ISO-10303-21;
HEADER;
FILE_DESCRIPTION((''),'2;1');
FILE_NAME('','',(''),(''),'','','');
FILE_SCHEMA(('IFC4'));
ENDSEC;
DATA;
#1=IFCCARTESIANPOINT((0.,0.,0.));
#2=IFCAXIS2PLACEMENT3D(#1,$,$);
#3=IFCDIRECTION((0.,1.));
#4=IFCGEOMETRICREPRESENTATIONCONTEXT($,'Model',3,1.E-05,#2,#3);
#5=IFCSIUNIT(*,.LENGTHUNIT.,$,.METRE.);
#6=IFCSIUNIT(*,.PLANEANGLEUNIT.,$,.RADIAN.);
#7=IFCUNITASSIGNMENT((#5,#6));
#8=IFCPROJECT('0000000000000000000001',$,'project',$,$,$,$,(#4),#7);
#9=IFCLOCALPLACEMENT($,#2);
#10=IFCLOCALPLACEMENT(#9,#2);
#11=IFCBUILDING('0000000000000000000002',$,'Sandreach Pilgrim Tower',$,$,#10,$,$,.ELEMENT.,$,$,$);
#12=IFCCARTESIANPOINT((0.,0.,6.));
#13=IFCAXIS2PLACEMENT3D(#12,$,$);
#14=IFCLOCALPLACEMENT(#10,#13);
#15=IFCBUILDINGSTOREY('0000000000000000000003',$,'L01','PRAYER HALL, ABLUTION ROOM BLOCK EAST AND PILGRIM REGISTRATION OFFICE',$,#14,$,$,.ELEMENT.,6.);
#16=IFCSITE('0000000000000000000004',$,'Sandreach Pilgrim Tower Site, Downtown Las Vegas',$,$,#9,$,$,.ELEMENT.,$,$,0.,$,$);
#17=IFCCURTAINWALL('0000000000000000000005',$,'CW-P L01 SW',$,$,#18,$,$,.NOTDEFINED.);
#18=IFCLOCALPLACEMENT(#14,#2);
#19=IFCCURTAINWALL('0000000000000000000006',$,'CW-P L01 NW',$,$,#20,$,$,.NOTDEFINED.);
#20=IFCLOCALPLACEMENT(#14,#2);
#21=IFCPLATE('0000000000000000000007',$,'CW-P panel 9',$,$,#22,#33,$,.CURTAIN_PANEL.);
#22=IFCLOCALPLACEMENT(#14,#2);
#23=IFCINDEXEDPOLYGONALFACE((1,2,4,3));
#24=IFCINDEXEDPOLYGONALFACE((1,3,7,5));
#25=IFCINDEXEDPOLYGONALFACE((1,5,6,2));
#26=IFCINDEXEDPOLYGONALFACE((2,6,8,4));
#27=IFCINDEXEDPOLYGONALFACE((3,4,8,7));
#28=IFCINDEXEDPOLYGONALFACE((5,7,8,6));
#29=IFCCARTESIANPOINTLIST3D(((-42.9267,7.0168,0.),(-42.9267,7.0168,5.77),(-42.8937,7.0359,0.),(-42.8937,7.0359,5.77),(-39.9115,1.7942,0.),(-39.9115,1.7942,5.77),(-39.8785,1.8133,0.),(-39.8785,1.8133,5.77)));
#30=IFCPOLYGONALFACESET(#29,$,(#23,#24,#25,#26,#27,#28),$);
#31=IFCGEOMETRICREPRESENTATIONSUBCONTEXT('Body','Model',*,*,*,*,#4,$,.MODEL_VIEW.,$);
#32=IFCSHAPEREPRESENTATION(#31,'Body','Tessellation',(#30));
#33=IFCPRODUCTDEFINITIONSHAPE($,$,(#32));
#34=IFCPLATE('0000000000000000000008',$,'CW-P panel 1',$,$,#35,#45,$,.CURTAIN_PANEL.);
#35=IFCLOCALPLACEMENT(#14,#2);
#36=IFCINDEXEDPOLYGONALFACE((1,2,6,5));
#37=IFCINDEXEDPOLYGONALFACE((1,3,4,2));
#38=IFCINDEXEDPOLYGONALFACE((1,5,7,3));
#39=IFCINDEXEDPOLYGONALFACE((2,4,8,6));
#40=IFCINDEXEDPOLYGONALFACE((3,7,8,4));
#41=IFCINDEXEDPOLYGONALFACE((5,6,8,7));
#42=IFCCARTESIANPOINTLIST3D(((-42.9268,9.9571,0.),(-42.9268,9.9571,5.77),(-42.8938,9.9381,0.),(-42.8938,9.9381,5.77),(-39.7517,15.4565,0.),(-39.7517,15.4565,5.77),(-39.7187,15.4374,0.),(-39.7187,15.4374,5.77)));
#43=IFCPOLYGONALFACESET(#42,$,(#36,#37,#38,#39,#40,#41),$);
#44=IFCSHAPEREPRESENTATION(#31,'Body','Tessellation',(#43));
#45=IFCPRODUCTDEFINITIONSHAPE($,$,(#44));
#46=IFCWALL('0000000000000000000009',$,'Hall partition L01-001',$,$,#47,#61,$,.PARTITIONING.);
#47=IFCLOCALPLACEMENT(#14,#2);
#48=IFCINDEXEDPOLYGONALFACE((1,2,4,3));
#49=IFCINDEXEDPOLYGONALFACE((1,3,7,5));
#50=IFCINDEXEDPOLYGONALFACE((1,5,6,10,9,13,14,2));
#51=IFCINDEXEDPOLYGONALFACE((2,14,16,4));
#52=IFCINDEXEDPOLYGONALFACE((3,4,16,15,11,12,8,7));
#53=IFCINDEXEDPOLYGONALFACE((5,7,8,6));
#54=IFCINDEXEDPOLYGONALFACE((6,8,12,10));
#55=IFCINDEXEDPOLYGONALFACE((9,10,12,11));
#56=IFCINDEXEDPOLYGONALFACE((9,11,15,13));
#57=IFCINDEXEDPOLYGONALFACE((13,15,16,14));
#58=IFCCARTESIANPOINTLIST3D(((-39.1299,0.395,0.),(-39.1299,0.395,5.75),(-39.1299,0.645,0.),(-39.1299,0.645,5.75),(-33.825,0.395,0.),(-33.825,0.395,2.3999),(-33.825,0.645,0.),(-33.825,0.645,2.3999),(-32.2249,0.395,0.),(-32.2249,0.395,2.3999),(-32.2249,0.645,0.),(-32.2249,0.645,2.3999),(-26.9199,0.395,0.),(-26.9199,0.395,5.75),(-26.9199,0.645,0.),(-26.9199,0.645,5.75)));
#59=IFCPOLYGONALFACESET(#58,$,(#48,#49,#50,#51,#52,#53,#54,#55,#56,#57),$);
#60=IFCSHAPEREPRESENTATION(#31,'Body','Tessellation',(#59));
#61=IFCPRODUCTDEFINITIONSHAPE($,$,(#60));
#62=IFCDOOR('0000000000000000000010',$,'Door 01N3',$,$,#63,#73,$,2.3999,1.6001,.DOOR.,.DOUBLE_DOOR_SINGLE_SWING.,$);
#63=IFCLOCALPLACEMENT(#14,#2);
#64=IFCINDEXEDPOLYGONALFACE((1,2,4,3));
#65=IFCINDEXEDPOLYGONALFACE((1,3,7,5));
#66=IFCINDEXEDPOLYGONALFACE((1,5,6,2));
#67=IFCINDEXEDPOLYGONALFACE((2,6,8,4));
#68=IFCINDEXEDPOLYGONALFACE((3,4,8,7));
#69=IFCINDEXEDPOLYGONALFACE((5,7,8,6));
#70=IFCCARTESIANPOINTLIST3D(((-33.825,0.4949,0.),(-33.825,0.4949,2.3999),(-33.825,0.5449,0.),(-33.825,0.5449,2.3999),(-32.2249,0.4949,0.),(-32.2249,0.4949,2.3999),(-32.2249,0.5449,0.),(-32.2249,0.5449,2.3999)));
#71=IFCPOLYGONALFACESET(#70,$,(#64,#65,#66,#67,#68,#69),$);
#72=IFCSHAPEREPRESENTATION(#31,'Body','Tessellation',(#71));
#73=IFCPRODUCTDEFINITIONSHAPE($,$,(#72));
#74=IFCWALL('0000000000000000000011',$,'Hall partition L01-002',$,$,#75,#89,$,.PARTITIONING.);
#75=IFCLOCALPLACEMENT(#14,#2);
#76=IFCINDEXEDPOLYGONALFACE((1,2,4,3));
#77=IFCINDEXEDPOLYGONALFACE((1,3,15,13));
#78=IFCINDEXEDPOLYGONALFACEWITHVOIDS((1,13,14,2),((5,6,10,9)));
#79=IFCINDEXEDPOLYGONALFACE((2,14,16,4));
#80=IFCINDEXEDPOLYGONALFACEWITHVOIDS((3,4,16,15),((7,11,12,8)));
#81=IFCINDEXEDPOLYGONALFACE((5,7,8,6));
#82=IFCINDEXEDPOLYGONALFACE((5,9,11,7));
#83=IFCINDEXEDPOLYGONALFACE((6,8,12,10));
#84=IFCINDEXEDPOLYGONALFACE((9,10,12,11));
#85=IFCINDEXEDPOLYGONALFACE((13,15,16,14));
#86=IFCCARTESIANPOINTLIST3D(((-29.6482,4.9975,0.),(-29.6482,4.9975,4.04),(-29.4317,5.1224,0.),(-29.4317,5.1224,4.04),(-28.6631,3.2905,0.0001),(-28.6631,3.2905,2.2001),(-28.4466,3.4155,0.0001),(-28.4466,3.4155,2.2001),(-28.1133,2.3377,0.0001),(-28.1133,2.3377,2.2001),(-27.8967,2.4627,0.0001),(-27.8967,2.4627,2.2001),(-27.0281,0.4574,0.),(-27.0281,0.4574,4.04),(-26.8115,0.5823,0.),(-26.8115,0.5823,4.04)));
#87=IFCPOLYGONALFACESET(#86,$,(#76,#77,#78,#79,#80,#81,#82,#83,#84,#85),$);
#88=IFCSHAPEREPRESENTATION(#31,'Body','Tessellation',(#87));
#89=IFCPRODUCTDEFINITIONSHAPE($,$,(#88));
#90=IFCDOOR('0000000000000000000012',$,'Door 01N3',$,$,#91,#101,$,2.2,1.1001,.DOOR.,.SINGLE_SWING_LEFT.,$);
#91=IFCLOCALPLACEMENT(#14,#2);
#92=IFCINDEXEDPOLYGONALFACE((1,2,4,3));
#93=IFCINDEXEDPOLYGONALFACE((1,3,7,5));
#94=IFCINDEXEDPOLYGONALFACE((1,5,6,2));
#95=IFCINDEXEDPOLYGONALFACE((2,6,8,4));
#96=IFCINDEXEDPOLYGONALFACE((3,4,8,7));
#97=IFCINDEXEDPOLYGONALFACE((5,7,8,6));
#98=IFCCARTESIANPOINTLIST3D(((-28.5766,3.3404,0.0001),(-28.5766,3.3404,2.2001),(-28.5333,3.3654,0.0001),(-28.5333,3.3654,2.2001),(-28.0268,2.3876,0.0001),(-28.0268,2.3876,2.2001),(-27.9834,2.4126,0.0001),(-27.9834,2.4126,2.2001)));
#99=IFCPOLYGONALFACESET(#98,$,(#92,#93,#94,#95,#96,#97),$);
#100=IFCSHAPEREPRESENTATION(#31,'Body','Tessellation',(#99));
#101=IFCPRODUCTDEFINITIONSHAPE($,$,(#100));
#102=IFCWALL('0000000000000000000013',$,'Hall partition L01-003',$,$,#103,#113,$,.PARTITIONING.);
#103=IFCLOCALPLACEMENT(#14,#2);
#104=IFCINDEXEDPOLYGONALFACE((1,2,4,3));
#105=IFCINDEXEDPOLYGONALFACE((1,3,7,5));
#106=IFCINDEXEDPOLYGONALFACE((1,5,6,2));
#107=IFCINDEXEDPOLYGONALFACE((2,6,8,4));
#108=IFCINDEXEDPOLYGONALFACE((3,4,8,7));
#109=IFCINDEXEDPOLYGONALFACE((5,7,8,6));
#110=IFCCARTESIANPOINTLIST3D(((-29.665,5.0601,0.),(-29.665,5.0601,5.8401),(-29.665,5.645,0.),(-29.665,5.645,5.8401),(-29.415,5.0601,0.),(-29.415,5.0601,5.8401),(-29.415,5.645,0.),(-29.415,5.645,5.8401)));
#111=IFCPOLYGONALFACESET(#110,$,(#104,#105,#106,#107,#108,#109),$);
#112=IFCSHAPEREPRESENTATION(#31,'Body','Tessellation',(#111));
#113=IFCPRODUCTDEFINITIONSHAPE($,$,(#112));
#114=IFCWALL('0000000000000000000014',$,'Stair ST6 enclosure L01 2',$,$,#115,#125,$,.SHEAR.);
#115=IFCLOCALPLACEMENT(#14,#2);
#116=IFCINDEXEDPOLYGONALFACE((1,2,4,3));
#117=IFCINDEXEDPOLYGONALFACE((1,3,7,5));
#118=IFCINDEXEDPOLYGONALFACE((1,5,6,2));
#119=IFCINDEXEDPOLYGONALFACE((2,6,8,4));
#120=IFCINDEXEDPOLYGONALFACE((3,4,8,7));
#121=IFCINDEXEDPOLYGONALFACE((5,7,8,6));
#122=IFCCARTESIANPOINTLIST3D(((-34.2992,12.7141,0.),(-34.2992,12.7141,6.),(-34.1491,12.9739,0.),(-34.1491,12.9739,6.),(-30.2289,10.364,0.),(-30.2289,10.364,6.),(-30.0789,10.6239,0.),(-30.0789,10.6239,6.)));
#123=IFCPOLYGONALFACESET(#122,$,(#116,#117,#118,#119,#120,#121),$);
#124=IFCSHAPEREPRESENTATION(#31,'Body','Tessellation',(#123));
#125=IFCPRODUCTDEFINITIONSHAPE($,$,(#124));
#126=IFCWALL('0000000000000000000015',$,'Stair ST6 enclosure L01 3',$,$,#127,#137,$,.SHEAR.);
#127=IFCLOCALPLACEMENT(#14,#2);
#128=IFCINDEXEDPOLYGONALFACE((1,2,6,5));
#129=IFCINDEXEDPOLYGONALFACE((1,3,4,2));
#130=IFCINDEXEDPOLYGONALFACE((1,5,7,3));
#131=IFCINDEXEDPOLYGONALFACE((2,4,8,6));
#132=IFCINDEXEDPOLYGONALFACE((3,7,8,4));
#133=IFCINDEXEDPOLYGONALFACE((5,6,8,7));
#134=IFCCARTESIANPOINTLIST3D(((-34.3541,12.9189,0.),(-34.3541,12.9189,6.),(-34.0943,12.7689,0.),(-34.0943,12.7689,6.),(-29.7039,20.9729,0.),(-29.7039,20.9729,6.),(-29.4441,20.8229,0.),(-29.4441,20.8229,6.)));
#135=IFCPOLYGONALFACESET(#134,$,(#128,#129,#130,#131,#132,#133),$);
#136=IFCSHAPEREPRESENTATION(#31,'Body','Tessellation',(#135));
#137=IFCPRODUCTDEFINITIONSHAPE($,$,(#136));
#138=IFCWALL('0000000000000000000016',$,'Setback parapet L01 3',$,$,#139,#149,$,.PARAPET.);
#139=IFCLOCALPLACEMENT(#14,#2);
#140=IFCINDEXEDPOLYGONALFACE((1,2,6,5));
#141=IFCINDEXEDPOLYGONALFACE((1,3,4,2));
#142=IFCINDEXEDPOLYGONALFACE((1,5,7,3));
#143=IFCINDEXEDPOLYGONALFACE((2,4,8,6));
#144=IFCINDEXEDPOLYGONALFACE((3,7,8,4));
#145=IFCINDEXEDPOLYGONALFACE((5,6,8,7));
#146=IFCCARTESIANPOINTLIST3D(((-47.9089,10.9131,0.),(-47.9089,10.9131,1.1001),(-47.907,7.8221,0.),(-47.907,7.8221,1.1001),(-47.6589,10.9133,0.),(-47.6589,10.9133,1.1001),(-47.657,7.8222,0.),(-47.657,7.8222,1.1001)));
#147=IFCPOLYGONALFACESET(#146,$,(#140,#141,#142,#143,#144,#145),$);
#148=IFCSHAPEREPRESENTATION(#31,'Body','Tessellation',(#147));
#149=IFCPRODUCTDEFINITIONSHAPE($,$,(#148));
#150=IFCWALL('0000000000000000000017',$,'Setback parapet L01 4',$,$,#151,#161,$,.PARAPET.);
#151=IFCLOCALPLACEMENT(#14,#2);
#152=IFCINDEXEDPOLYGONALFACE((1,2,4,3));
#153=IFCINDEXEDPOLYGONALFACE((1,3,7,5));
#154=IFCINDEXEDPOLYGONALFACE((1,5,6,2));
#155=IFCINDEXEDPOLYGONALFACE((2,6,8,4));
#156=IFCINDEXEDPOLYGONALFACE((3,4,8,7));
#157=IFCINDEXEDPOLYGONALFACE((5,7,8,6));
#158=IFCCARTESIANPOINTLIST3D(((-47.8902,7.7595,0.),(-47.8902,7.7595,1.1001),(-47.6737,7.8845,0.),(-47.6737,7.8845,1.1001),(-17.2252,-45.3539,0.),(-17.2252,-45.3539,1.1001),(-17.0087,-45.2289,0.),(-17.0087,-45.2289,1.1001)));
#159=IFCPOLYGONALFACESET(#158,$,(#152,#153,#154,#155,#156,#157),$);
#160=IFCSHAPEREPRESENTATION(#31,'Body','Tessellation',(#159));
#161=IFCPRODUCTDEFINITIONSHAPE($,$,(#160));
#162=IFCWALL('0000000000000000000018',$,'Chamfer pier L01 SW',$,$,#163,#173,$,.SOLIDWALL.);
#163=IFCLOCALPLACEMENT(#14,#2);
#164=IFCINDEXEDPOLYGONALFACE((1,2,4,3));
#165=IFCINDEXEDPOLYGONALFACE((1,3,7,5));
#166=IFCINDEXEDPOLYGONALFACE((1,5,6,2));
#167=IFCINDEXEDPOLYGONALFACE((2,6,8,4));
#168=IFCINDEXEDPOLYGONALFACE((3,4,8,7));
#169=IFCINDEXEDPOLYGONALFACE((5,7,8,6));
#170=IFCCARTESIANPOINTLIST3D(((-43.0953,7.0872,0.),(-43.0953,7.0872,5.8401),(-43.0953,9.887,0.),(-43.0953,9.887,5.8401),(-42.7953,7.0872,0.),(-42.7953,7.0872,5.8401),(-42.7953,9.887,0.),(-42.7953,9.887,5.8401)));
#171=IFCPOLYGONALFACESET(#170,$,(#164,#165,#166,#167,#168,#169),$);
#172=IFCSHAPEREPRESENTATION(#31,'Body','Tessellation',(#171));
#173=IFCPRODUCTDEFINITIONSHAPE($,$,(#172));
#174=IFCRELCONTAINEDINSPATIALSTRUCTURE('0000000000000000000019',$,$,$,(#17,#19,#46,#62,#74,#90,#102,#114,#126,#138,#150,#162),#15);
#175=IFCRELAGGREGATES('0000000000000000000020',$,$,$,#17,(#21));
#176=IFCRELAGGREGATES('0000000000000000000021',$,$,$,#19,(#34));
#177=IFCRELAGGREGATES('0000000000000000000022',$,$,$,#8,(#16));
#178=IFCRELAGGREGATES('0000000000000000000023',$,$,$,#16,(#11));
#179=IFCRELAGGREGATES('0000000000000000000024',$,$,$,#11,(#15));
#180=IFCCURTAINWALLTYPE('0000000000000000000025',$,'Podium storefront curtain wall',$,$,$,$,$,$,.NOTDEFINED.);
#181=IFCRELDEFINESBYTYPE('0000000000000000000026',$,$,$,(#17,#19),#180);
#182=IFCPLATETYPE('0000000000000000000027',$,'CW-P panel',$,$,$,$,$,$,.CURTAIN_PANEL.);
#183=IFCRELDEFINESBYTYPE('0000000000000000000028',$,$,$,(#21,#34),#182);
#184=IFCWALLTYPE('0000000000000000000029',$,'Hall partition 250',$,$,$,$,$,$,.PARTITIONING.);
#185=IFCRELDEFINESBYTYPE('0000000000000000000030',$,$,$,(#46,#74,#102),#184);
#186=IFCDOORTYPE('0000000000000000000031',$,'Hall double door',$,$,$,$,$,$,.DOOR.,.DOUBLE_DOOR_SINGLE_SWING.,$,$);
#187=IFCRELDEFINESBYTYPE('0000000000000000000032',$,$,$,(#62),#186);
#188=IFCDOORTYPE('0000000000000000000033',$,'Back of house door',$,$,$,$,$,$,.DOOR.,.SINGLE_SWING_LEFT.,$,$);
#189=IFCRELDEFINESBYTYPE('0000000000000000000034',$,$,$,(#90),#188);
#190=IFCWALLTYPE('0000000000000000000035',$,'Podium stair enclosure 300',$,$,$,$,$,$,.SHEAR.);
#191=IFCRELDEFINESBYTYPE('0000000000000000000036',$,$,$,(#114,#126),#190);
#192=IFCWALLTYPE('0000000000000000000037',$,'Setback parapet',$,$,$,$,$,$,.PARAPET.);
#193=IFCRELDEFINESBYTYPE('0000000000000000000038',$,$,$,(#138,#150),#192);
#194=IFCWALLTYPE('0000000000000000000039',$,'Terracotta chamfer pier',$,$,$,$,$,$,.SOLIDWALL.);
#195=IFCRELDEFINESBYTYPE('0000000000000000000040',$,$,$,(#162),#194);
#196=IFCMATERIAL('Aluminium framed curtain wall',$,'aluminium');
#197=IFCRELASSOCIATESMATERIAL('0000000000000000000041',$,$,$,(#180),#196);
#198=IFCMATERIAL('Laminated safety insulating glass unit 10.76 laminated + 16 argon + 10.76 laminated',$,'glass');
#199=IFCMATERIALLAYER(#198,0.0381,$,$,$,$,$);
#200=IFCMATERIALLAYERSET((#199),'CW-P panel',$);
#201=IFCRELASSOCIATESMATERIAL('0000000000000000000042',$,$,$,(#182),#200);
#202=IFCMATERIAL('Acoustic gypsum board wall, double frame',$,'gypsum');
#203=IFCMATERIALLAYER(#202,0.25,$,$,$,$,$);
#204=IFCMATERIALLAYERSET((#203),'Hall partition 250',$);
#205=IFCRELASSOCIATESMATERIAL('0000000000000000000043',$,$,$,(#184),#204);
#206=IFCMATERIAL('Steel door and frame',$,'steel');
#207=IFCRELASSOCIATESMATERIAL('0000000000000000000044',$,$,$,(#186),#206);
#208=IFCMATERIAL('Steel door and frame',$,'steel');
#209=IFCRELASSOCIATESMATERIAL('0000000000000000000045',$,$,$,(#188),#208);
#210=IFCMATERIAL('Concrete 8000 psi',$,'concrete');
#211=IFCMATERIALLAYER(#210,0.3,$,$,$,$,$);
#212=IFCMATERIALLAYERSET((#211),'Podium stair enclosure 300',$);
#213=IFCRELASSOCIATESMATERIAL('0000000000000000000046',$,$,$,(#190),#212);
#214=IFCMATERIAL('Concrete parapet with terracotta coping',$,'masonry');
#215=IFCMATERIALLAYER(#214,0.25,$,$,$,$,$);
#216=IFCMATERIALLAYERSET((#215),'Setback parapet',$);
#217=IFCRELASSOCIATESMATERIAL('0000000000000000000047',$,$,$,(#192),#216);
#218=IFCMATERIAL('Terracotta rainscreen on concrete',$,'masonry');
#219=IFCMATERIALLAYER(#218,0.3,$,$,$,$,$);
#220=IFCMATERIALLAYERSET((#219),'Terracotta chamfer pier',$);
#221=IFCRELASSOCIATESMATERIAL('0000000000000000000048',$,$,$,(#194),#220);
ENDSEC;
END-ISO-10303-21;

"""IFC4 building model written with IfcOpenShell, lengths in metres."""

from ifc_helpers import new_model, si_unit, direction, frame, frame_2d, origin, origin_2d, place, context, subcontext, project, spatial, rectangle, extrude, material, layer, layer_set, type_object, element, fill, aggregate, save


model = new_model("IFC4")

# Units and contexts
model_context = context("Model", 3, precision=1e-05, world=origin(), true_north=direction((0.0, 1.0)))
body_context = subcontext(model_context, "Body", "Model", "MODEL_VIEW")
ifc_project = project(units=[si_unit("LENGTHUNIT", "METRE"), si_unit("PLANEANGLEUNIT", "RADIAN")], contexts=[model_context])

# Site, building, storey
site_placement = place(None, origin())
site = spatial("IfcSite", under=ifc_project, at=site_placement, Name="Sandreach Pilgrim Tower Site, Downtown Las Vegas", CompositionType="ELEMENT", RefElevation=0.0)
building_placement = place(site_placement, origin())
building = spatial("IfcBuilding", under=site, at=building_placement, Name="Sandreach Pilgrim Tower", CompositionType="ELEMENT")
storey_placement = place(building_placement, frame((0.0, 0.0, 6.0)))
storey = spatial("IfcBuildingStorey", under=building, at=storey_placement, Name="L01", Description="PRAYER HALL, ABLUTION ROOM BLOCK EAST AND PILGRIM REGISTRATION OFFICE", CompositionType="ELEMENT", Elevation=6.0)

# Curtain wall
ifc_material_1 = material(Name="Aluminium framed curtain wall", Category="aluminium")
curtain_wall_type = type_object("IfcCurtainWallType", Name="Podium storefront curtain wall", PredefinedType="NOTDEFINED", material=ifc_material_1)
curtain_wall_1_placement = place(storey_placement, origin())
curtain_wall_1 = element("IfcCurtainWall", 1, at=curtain_wall_1_placement, inside=storey, type_object=curtain_wall_type, Name="CW-P L01 SW", PredefinedType="NOTDEFINED")

# Curtain wall
curtain_wall_2_placement = place(storey_placement, origin())
curtain_wall_2 = element("IfcCurtainWall", 2, at=curtain_wall_2_placement, inside=storey, type_object=curtain_wall_type, Name="CW-P L01 NW", PredefinedType="NOTDEFINED")

# Plates
ifc_material_2 = material(Name="Laminated safety insulating glass unit 10.76 laminated + 16 argon + 10.76 laminated", Category="glass")
ifc_layer_1 = layer(ifc_material_2, 0.0381)
ifc_layer_set_1 = layer_set([ifc_layer_1], Name="CW-P panel")
plate_type = type_object("IfcPlateType", Name="CW-P panel", PredefinedType="CURTAIN_PANEL", material=ifc_layer_set_1)
plate_1_placement = place(storey_placement, frame((-41.4026, 4.415, 0.0), z_axis=(0.0, 0.0, 1.0), x_axis=(-0.5, 0.866025, 0.0)))
plate_1 = element("IfcPlate", 3, at=plate_1_placement, type_object=plate_type, Name="CW-P panel 9", PredefinedType="CURTAIN_PANEL", context=body_context, shape_type="SweptSolid", body=[
    extrude(rectangle(XDim=6.0305, YDim=0.0381, at=origin_2d()), origin(), (0.0, 0.0, 1.0), 5.77),
])
aggregate(curtain_wall_1, [plate_1])
plate_2_placement = place(storey_placement, frame((-41.3228, 12.6973, 0.0), z_axis=(0.0, 0.0, 1.0), x_axis=(0.5, 0.866025, 0.0)))
plate_2 = element("IfcPlate", 4, at=plate_2_placement, type_object=plate_type, Name="CW-P panel 1", PredefinedType="CURTAIN_PANEL", context=body_context, shape_type="SweptSolid", body=[
    extrude(rectangle(XDim=6.3501, YDim=0.0381, at=origin_2d()), origin(), (0.0, 0.0, 1.0), 5.77),
])
aggregate(curtain_wall_2, [plate_2])

# Walls, openings, doors
ifc_material_3 = material(Name="Acoustic gypsum board wall, double frame", Category="gypsum")
ifc_layer_2 = layer(ifc_material_3, 0.25)
ifc_layer_set_2 = layer_set([ifc_layer_2], Name="Hall partition 250")
wall_type_1 = type_object("IfcWallType", Name="Hall partition 250", PredefinedType="PARTITIONING", material=ifc_layer_set_2)
wall_1_placement = place(storey_placement, frame((-39.1299, 0.52, 0.0), z_axis=(0.0, 0.0, 1.0), x_axis=(1.0, 0.0, 0.0)))
wall_1 = element("IfcWall", 5, at=wall_1_placement, inside=storey, type_object=wall_type_1, Name="Hall partition L01-001", PredefinedType="PARTITIONING", context=body_context, shape_type="SweptSolid", body=[
    extrude(rectangle(XDim=12.21, YDim=0.25, at=frame_2d((6.105, 0.0))), origin(), (0.0, 0.0, 1.0), 5.75),
])
opening_1_placement = place(wall_1_placement, frame((5.3049, 0.0, 0.0)))
opening_1 = element("IfcOpeningElement", 6, at=opening_1_placement, cuts=wall_1, PredefinedType="OPENING", context=body_context, shape_type="SweptSolid", body=[
    extrude(rectangle(XDim=1.6001, YDim=2.3999, at=frame_2d((0.8, 1.2))), frame((0.0, 0.125, 0.0), z_axis=(0.0, -1.0, 0.0), x_axis=(1.0, 0.0, 0.0)), (0.0, 0.0, 1.0), 0.25),
])
ifc_material_4 = material(Name="Steel door and frame", Category="steel")
door_type_1 = type_object("IfcDoorType", Name="Hall double door", OperationType="DOUBLE_DOOR_SINGLE_SWING", PredefinedType="DOOR", material=ifc_material_4)
door_1_placement = place(opening_1_placement, origin())
door_1 = element("IfcDoor", 7, at=door_1_placement, inside=storey, type_object=door_type_1, Name="Door 01N3", OperationType="DOUBLE_DOOR_SINGLE_SWING", OverallHeight=2.3999, OverallWidth=1.6001, PredefinedType="DOOR", context=body_context, shape_type="SweptSolid", body=[
    extrude(rectangle(XDim=1.6001, YDim=2.3999, at=frame_2d((0.8, 1.2))), frame((0.0, 0.0249, 0.0), z_axis=(0.0, -1.0, 0.0), x_axis=(1.0, 0.0, 0.0)), (0.0, 0.0, 1.0), 0.05),
])
fill(opening_1, door_1)
wall_2_placement = place(storey_placement, frame((-29.54, 5.0601, 0.0), z_axis=(0.0, 0.0, 1.0), x_axis=(0.499846, -0.866114, 0.0)))
wall_2 = element("IfcWall", 8, at=wall_2_placement, inside=storey, type_object=wall_type_1, Name="Hall partition L01-002", PredefinedType="PARTITIONING", context=body_context, shape_type="SweptSolid", body=[
    extrude(rectangle(XDim=5.2419, YDim=0.25, at=frame_2d((2.6211, 0.0))), origin(), (0.0, 0.0, 1.0), 4.04),
])
opening_2_placement = place(wall_2_placement, frame((1.9709, 0.0, 0.0)))
opening_2 = element("IfcOpeningElement", 9, at=opening_2_placement, cuts=wall_2, PredefinedType="OPENING", context=body_context, shape_type="SweptSolid", body=[
    extrude(rectangle(XDim=1.1001, YDim=2.2, at=frame_2d((0.55, 1.1001))), frame((0.0, 0.125, 0.0), z_axis=(0.0, -1.0, 0.0), x_axis=(1.0, 0.0, 0.0)), (0.0, 0.0, 1.0), 0.25),
])
ifc_material_5 = material(Name="Steel door and frame", Category="steel")
door_type_2 = type_object("IfcDoorType", Name="Back of house door", OperationType="SINGLE_SWING_LEFT", PredefinedType="DOOR", material=ifc_material_5)
door_2_placement = place(opening_2_placement, origin())
door_2 = element("IfcDoor", 10, at=door_2_placement, inside=storey, type_object=door_type_2, Name="Door 01N3", OperationType="SINGLE_SWING_LEFT", OverallHeight=2.2, OverallWidth=1.1001, PredefinedType="DOOR", context=body_context, shape_type="SweptSolid", body=[
    extrude(rectangle(XDim=1.1001, YDim=2.2, at=frame_2d((0.55, 1.1001))), frame((0.0, 0.0249, 0.0), z_axis=(0.0, -1.0, 0.0), x_axis=(1.0, 0.0, 0.0)), (0.0, 0.0, 1.0), 0.05),
])
fill(opening_2, door_2)

# Walls
wall_3_placement = place(storey_placement, frame((-29.54, 5.645, 0.0), z_axis=(0.0, 0.0, 1.0), x_axis=(0.0, -1.0, 0.0)))
element("IfcWall", 11, at=wall_3_placement, inside=storey, type_object=wall_type_1, Name="Hall partition L01-003", PredefinedType="PARTITIONING", context=body_context, shape_type="SweptSolid", body=[
    extrude(rectangle(XDim=0.585, YDim=0.25, at=frame_2d((0.2925, 0.0))), origin(), (0.0, 0.0, 1.0), 5.8401),
])
ifc_material_6 = material(Name="Concrete 8000 psi", Category="concrete")
ifc_layer_3 = layer(ifc_material_6, 0.3)
ifc_layer_set_3 = layer_set([ifc_layer_3], Name="Podium stair enclosure 300")
wall_type_2 = type_object("IfcWallType", Name="Podium stair enclosure 300", PredefinedType="SHEAR", material=ifc_layer_set_3)
wall_4_placement = place(storey_placement, frame((-30.1538, 10.4939, 0.0), z_axis=(0.0, 0.0, 1.0), x_axis=(-0.866016, 0.500016, 0.0)))
element("IfcWall", 12, at=wall_4_placement, inside=storey, type_object=wall_type_2, Name="Stair ST6 enclosure L01 2", PredefinedType="SHEAR", context=body_context, shape_type="SweptSolid", body=[
    extrude(rectangle(XDim=4.7, YDim=0.3, at=frame_2d((2.3501, 0.0))), origin(), (0.0, 0.0, 1.0), 6.0),
])
wall_5_placement = place(storey_placement, frame((-34.2241, 12.844, 0.0), z_axis=(0.0, 0.0, 1.0), x_axis=(0.500016, 0.866016, 0.0)))
element("IfcWall", 13, at=wall_5_placement, inside=storey, type_object=wall_type_2, Name="Stair ST6 enclosure L01 3", PredefinedType="SHEAR", context=body_context, shape_type="SweptSolid", body=[
    extrude(rectangle(XDim=9.3, YDim=0.3, at=frame_2d((4.6499, 0.0))), origin(), (0.0, 0.0, 1.0), 6.0),
])
ifc_material_7 = material(Name="Concrete parapet with terracotta coping", Category="masonry")
ifc_layer_4 = layer(ifc_material_7, 0.25)
ifc_layer_set_4 = layer_set([ifc_layer_4], Name="Setback parapet")
wall_type_3 = type_object("IfcWallType", Name="Setback parapet", PredefinedType="PARAPET", material=ifc_layer_set_4)
wall_6_placement = place(storey_placement, frame((-47.7839, 10.9131, 0.0), z_axis=(0.0, 0.0, 1.0), x_axis=(0.000632, -1.0, 0.0)))
element("IfcWall", 14, at=wall_6_placement, inside=storey, type_object=wall_type_3, Name="Setback parapet L01 3", PredefinedType="PARAPET", context=body_context, shape_type="SweptSolid", body=[
    extrude(rectangle(XDim=3.0911, YDim=0.25, at=frame_2d((1.5454, 0.0))), origin(), (0.0, 0.0, 1.0), 1.1001),
])
wall_7_placement = place(storey_placement, frame((-47.782, 7.822, 0.0), z_axis=(0.0, 0.0, 1.0), x_axis=(0.499999, -0.866026, 0.0)))
element("IfcWall", 15, at=wall_7_placement, inside=storey, type_object=wall_type_3, Name="Setback parapet L01 4", PredefinedType="PARAPET", context=body_context, shape_type="SweptSolid", body=[
    extrude(rectangle(XDim=61.3301, YDim=0.25, at=frame_2d((30.665, 0.0))), origin(), (0.0, 0.0, 1.0), 1.1001),
])
ifc_material_8 = material(Name="Terracotta rainscreen on concrete", Category="masonry")
ifc_layer_5 = layer(ifc_material_8, 0.3)
ifc_layer_set_5 = layer_set([ifc_layer_5], Name="Terracotta chamfer pier")
wall_type_4 = type_object("IfcWallType", Name="Terracotta chamfer pier", PredefinedType="SOLIDWALL", material=ifc_layer_set_5)
wall_8_placement = place(storey_placement, frame((-42.9453, 7.0872, 0.0), z_axis=(0.0, 0.0, 1.0), x_axis=(0.0, 1.0, 0.0)))
element("IfcWall", 16, at=wall_8_placement, inside=storey, type_object=wall_type_4, Name="Chamfer pier L01 SW", PredefinedType="SOLIDWALL", context=body_context, shape_type="SweptSolid", body=[
    extrude(rectangle(XDim=2.7998, YDim=0.3, at=frame_2d((1.3999, 0.0))), origin(), (0.0, 0.0, 1.0), 5.8401),
])

save(model, "model.ifc")
